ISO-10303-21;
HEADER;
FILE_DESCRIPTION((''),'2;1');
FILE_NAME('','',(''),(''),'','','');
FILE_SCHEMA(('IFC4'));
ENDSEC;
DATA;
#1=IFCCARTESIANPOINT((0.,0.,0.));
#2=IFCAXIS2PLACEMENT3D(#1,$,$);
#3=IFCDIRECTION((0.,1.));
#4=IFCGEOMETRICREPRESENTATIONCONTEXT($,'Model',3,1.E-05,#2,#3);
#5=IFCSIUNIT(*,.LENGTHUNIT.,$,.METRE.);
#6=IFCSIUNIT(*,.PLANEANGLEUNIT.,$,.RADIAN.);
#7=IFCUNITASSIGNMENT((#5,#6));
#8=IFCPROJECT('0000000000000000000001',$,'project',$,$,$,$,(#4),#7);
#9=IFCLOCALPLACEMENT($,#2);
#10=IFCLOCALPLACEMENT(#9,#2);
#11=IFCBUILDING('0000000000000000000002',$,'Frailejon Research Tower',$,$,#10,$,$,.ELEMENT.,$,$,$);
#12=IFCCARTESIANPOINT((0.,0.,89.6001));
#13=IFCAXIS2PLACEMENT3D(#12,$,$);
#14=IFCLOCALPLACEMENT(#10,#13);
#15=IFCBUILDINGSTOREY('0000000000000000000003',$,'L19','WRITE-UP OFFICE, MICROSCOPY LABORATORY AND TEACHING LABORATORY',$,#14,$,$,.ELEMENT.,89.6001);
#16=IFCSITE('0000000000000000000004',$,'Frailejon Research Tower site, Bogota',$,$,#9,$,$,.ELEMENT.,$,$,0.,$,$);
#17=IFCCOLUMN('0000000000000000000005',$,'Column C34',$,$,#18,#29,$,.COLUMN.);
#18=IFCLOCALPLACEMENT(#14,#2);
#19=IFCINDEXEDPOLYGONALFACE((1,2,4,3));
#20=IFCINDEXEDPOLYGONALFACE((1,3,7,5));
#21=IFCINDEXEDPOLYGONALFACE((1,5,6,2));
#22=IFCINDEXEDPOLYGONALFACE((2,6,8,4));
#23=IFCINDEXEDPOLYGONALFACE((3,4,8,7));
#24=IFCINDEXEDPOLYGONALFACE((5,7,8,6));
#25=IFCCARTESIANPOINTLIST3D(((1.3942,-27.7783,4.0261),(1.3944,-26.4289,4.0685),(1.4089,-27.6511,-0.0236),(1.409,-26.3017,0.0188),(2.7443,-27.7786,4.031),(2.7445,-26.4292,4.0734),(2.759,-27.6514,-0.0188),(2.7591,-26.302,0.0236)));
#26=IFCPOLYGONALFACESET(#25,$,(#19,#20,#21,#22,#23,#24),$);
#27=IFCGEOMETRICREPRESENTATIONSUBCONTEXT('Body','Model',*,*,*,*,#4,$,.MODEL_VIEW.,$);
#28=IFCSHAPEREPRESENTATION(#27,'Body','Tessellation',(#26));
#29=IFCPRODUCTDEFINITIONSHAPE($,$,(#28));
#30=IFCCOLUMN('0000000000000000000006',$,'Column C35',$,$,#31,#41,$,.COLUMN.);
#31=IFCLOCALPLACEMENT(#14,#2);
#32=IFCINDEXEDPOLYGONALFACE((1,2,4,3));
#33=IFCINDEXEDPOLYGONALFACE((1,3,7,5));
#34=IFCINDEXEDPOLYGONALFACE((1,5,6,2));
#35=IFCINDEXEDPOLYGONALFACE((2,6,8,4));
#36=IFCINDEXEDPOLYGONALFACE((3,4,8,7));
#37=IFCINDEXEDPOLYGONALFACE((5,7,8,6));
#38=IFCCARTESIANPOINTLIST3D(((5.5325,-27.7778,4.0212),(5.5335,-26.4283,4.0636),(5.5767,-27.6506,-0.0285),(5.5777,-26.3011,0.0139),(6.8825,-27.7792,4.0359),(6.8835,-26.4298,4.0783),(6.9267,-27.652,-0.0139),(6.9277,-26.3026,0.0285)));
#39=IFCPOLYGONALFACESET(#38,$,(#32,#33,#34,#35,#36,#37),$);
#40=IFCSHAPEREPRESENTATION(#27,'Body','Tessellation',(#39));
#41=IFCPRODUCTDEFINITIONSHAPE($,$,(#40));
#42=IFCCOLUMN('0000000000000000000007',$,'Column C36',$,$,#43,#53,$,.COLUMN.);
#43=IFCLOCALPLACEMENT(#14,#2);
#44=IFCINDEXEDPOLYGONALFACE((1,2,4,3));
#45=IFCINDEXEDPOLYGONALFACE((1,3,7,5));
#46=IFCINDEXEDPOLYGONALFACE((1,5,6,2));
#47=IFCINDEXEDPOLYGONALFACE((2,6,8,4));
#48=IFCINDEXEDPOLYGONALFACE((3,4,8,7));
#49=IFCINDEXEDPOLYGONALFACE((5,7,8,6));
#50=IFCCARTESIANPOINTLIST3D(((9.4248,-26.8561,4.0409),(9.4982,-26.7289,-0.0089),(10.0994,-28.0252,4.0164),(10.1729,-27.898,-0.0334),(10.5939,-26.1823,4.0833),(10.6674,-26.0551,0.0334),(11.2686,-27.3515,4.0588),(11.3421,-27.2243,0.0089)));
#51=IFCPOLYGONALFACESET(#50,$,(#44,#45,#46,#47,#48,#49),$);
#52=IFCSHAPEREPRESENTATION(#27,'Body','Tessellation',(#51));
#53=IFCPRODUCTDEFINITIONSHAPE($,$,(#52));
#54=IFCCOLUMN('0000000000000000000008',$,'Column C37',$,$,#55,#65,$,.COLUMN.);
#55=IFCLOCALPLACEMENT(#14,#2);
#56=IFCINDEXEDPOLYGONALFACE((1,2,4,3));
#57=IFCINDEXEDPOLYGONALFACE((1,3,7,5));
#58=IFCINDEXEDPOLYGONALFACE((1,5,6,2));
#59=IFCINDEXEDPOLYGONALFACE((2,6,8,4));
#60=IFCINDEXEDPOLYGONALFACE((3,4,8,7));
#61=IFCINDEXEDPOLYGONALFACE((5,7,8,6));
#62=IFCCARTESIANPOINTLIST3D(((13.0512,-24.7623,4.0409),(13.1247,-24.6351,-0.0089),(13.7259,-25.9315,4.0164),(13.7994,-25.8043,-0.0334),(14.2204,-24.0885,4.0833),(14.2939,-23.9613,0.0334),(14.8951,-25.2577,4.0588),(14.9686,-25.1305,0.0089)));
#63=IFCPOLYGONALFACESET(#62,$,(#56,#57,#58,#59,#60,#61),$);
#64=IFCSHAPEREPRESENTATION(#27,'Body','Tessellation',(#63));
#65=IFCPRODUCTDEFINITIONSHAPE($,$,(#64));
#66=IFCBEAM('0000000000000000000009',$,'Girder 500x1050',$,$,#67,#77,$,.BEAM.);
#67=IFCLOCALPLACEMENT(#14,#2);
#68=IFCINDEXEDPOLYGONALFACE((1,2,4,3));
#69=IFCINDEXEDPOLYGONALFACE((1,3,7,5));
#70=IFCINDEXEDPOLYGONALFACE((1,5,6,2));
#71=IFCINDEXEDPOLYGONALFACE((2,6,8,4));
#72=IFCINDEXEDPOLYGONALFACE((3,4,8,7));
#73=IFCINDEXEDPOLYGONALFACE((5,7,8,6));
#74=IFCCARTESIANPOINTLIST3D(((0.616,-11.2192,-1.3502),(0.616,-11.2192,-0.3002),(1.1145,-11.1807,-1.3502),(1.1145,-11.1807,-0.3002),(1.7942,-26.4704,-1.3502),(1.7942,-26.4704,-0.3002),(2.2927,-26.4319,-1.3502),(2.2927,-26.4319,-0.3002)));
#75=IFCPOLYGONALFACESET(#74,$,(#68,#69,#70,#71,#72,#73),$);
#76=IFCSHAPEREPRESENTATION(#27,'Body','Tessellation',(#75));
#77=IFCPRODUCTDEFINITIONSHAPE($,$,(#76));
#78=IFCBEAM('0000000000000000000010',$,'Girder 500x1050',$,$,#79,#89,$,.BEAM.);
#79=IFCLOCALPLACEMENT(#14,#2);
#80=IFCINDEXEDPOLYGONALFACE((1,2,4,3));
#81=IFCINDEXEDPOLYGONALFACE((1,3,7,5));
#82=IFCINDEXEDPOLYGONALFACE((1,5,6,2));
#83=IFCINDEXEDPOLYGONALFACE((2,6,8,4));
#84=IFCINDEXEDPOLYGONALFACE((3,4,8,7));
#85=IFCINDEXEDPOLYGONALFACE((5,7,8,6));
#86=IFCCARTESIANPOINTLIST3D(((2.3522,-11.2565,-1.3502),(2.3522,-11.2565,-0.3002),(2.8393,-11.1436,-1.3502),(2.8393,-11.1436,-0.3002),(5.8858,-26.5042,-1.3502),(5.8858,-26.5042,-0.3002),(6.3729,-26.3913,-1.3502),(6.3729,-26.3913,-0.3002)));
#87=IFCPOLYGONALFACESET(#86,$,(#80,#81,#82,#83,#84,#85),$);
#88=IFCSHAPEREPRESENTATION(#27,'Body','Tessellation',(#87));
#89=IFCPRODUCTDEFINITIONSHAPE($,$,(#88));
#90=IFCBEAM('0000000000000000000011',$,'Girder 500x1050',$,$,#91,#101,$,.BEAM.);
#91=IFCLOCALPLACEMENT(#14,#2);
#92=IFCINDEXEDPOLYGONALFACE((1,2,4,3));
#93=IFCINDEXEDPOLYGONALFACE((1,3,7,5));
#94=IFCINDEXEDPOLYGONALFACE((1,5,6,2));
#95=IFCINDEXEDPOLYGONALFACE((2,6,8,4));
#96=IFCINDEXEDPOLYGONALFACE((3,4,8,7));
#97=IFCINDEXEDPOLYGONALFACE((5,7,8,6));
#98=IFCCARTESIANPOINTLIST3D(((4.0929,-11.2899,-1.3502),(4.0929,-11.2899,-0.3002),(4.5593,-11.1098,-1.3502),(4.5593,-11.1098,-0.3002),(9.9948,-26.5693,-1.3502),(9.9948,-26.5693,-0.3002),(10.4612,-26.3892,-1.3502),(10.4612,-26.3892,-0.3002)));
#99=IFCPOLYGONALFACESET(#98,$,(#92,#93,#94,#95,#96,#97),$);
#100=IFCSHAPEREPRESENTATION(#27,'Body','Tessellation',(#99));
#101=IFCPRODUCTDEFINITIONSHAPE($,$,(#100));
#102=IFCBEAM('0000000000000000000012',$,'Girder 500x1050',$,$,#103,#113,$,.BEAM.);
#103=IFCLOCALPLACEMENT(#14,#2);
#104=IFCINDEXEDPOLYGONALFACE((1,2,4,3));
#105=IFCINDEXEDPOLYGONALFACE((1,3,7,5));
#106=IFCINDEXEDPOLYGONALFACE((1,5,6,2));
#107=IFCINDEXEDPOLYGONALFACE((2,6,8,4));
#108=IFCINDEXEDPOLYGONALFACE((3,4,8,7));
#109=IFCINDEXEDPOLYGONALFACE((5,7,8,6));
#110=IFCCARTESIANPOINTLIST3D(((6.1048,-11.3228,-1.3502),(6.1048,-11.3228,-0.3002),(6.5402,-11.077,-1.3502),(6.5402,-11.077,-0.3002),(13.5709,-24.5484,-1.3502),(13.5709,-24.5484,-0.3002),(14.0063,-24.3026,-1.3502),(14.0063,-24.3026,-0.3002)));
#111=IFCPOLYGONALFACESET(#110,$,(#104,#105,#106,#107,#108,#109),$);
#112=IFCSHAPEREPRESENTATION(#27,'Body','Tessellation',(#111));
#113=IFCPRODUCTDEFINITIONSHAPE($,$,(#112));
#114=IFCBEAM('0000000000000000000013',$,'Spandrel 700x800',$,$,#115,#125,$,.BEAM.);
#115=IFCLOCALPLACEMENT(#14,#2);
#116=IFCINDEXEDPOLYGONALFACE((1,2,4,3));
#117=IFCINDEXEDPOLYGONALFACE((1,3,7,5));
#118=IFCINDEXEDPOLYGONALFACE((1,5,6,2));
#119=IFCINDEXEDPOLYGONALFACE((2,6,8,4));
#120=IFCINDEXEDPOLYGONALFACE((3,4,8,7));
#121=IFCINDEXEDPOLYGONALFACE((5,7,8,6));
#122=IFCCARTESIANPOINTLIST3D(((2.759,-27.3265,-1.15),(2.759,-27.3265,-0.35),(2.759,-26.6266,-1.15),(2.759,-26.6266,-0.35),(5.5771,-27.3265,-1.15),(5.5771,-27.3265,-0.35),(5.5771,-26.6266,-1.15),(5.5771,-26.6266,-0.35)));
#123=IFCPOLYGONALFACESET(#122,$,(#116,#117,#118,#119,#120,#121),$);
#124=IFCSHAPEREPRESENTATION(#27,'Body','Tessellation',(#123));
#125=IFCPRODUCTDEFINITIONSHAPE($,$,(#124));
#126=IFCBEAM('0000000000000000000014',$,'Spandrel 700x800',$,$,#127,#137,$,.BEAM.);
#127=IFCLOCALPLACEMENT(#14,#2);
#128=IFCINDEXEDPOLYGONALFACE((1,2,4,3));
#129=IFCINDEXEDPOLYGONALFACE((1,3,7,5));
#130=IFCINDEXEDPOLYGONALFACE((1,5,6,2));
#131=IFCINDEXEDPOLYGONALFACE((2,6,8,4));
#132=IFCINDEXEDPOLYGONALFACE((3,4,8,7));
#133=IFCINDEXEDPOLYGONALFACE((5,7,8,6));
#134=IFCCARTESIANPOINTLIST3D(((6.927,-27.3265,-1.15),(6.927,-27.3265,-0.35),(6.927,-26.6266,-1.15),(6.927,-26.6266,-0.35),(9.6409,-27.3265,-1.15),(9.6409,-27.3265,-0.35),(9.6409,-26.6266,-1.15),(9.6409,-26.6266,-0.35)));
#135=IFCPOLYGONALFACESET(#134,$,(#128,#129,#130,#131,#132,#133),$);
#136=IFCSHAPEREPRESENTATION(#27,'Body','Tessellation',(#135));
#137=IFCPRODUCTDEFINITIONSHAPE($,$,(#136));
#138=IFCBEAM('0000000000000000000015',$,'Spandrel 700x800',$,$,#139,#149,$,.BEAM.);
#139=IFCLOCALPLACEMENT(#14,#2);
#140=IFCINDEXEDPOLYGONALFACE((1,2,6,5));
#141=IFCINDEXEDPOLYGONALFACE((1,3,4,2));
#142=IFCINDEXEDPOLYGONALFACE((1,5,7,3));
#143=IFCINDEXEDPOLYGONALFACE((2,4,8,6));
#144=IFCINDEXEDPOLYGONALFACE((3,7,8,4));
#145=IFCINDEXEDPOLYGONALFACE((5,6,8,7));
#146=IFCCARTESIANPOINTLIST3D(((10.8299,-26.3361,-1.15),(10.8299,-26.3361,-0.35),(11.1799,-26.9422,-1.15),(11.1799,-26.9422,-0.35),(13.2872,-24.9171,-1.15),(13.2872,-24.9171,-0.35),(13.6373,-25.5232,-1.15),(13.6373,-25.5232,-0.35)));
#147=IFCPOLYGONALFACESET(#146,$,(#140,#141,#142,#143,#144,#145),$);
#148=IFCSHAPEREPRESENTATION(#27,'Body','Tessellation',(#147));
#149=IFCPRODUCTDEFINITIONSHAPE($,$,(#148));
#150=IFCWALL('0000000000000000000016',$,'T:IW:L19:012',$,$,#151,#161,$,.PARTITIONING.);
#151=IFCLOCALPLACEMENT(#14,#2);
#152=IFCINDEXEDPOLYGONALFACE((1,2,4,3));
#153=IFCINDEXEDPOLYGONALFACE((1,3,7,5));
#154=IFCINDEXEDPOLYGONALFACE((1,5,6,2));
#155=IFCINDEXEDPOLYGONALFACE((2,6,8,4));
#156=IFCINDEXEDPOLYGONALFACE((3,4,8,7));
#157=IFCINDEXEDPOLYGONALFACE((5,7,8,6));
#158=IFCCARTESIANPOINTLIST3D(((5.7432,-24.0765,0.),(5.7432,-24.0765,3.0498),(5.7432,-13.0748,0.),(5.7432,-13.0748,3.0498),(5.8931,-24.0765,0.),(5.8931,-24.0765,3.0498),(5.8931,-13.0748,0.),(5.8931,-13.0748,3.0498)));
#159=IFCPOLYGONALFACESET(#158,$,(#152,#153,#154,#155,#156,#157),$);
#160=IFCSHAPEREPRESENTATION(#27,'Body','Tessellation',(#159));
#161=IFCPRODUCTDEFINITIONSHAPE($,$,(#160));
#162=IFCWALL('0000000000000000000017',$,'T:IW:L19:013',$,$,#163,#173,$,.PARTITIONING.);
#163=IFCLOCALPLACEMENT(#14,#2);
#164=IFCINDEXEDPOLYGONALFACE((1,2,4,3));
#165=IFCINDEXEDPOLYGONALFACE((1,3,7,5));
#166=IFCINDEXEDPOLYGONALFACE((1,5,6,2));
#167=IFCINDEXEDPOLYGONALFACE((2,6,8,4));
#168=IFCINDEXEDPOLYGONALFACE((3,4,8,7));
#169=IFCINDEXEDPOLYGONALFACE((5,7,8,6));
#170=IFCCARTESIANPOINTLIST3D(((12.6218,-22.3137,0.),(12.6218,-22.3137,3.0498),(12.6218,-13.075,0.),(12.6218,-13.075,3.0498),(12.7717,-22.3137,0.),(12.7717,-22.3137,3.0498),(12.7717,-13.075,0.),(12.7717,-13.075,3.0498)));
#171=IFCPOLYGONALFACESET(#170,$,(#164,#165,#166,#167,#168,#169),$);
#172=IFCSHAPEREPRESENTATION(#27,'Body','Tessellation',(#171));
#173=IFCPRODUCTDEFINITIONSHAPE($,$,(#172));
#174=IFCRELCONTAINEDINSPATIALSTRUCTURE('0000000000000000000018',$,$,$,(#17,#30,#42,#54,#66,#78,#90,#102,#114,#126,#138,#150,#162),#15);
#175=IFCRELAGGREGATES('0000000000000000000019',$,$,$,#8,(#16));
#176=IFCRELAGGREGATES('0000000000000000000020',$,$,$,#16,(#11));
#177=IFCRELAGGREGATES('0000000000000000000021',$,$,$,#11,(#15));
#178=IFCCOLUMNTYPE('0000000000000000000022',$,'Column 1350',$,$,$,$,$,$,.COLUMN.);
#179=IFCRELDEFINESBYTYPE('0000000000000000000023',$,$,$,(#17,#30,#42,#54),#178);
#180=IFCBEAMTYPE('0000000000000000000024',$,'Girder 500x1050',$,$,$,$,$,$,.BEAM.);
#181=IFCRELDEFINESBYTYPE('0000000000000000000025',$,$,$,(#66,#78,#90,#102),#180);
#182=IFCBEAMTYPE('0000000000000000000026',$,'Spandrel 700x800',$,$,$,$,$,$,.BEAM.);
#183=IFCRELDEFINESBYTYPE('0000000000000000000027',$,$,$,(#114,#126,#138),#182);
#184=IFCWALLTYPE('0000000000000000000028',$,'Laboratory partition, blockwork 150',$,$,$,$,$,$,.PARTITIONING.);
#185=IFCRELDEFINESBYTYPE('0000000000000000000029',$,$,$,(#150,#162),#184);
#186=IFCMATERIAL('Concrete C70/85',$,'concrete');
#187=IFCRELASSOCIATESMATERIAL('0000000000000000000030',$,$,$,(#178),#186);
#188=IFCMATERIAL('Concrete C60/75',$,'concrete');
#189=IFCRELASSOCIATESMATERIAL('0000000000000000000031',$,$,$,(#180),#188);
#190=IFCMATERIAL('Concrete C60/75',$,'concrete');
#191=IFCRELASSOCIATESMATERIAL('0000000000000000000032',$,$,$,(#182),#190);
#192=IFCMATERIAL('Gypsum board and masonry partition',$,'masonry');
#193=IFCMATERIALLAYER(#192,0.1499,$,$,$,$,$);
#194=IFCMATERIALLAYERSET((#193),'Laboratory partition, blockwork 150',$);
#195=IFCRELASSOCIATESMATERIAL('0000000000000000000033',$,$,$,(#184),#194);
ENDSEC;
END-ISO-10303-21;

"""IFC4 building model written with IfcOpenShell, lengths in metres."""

from ifc_helpers import new_model, si_unit, direction, frame, frame_2d, origin, origin_2d, place, context, subcontext, project, spatial, rectangle, extrude, material, layer, layer_set, material_profile, profile_set, type_object, element, save


model = new_model("IFC4")

# Units and contexts
model_context = context("Model", 3, precision=1e-05, world=origin(), true_north=direction((0.0, 1.0)))
body_context = subcontext(model_context, "Body", "Model", "MODEL_VIEW")
ifc_project = project(units=[si_unit("LENGTHUNIT", "METRE"), si_unit("PLANEANGLEUNIT", "RADIAN")], contexts=[model_context])

# Site, building, storey
site_placement = place(None, origin())
site = spatial("IfcSite", under=ifc_project, at=site_placement, Name="Frailejon Research Tower site, Bogota", CompositionType="ELEMENT", RefElevation=0.0)
building_placement = place(site_placement, origin())
building = spatial("IfcBuilding", under=site, at=building_placement, Name="Frailejon Research Tower", CompositionType="ELEMENT")
storey_placement = place(building_placement, frame((0.0, 0.0, 89.6001)))
storey = spatial("IfcBuildingStorey", under=building, at=storey_placement, Name="L19", Description="WRITE-UP OFFICE, MICROSCOPY LABORATORY AND TEACHING LABORATORY", CompositionType="ELEMENT", Elevation=89.6001)

# Columns
ifc_material_1 = material(Name="Concrete C70/85", Category="concrete")
ifc_material_profile_1 = material_profile(ifc_material_1, rectangle(XDim=1.3501, YDim=1.3501, at=origin_2d()), Name="Column 1350")
ifc_profile_set_1 = profile_set([ifc_material_profile_1], Name="Concrete C70/85")
column_type = type_object("IfcColumnType", Name="Column 1350", PredefinedType="COLUMN", material=ifc_profile_set_1)
column_1_placement = place(storey_placement, frame((2.084, -26.9766, 0.0), z_axis=(-0.003615, -0.031393, 0.999501), x_axis=(0.999993, -0.000225, 0.00361)))
element("IfcColumn", 1, at=column_1_placement, inside=storey, type_object=column_type, Name="Column C34", PredefinedType="COLUMN", context=body_context, shape_type="SweptSolid", body=[
    extrude(rectangle(XDim=1.3501, YDim=1.3501, at=origin_2d()), origin(), (0.0, 0.0, 1.0), 4.0518),
])
column_2_placement = place(storey_placement, frame((6.2522, -26.9766, 0.0), z_axis=(-0.010905, -0.031391, 0.999448), x_axis=(0.99994, -0.001064, 0.010877)))
element("IfcColumn", 2, at=column_2_placement, inside=storey, type_object=column_type, Name="Column C35", PredefinedType="COLUMN", context=body_context, shape_type="SweptSolid", body=[
    extrude(rectangle(XDim=1.3501, YDim=1.3501, at=origin_2d()), origin(), (0.0, 0.0, 1.0), 4.052),
])
for number, where, z_axis, x_axis, name in (
    (3, (10.4202, -26.9766, 0.0), (-0.018134, -0.031388, 0.999343), (0.865999, 0.499059, 0.031389), "Column C36"),
    (4, (14.0466, -24.8828, 0.0), (-0.018134, -0.031388, 0.999343), (0.865999, 0.499059, 0.031389), "Column C37"),
):
    element("IfcColumn", number, at=place(storey_placement, frame(where, z_axis=z_axis, x_axis=x_axis)), inside=storey, type_object=column_type, Name=name, PredefinedType="COLUMN", context=body_context, shape_type="SweptSolid", body=[
        extrude(rectangle(XDim=1.3501, YDim=1.3501, at=origin_2d()), origin(), (0.0, 0.0, 1.0), 4.0525),
    ])

# Beams
ifc_material_2 = material(Name="Concrete C60/75", Category="concrete")
ifc_material_profile_2 = material_profile(ifc_material_2, rectangle(XDim=0.5, YDim=1.05, at=origin_2d()), Name="Girder 500x1050")
ifc_profile_set_2 = profile_set([ifc_material_profile_2], Name="Concrete C60/75")
beam_type_1 = type_object("IfcBeamType", Name="Girder 500x1050", PredefinedType="BEAM", material=ifc_profile_set_2)
beam_1_placement = place(storey_placement, frame((2.0435, -26.4512, -0.8252), z_axis=(-0.077025, 0.997029, 0.0), x_axis=(-0.997029, -0.077025, 0.0)))
element("IfcBeam", 5, at=beam_1_placement, inside=storey, type_object=beam_type_1, Name="Girder 500x1050", PredefinedType="BEAM", context=body_context, shape_type="SweptSolid", body=[
    extrude(rectangle(XDim=0.5, YDim=1.05, at=origin_2d()), origin(), (0.0, 0.0, 1.0), 15.2966),
])
beam_2_placement = place(storey_placement, frame((6.1294, -26.4478, -0.8252), z_axis=(-0.225767, 0.974181, 0.0), x_axis=(-0.974181, -0.225767, 0.0)))
element("IfcBeam", 6, at=beam_2_placement, inside=storey, type_object=beam_type_1, Name="Girder 500x1050", PredefinedType="BEAM", context=body_context, shape_type="SweptSolid", body=[
    extrude(rectangle(XDim=0.5, YDim=1.05, at=origin_2d()), origin(), (0.0, 0.0, 1.0), 15.6519),
])
beam_3_placement = place(storey_placement, frame((10.228, -26.4792, -0.8252), z_axis=(-0.360319, 0.932829, 0.0), x_axis=(-0.932829, -0.360319, 0.0)))
element("IfcBeam", 7, at=beam_3_placement, inside=storey, type_object=beam_type_1, Name="Girder 500x1050", PredefinedType="BEAM", context=body_context, shape_type="SweptSolid", body=[
    extrude(rectangle(XDim=0.5, YDim=1.05, at=origin_2d()), origin(), (0.0, 0.0, 1.0), 16.3796),
])
beam_4_placement = place(storey_placement, frame((13.7886, -24.4255, -0.8252), z_axis=(-0.491595, 0.870824, 0.0), x_axis=(-0.870824, -0.491595, 0.0)))
element("IfcBeam", 8, at=beam_4_placement, inside=storey, type_object=beam_type_1, Name="Girder 500x1050", PredefinedType="BEAM", context=body_context, shape_type="SweptSolid", body=[
    extrude(rectangle(XDim=0.5, YDim=1.05, at=origin_2d()), origin(), (0.0, 0.0, 1.0), 15.1875),
])
ifc_material_3 = material(Name="Concrete C60/75", Category="concrete")
ifc_material_profile_3 = material_profile(ifc_material_3, rectangle(XDim=0.7, YDim=0.8, at=origin_2d()), Name="Spandrel 700x800")
ifc_profile_set_3 = profile_set([ifc_material_profile_3], Name="Concrete C60/75")
beam_type_2 = type_object("IfcBeamType", Name="Spandrel 700x800", PredefinedType="BEAM", material=ifc_profile_set_3)
beam_5_placement = place(storey_placement, frame((2.759, -26.9766, -0.75), z_axis=(1.0, 0.0, 0.0), x_axis=(0.0, 1.0, 0.0)))
element("IfcBeam", 9, at=beam_5_placement, inside=storey, type_object=beam_type_2, Name="Spandrel 700x800", PredefinedType="BEAM", context=body_context, shape_type="SweptSolid", body=[
    extrude(rectangle(XDim=0.7, YDim=0.8, at=origin_2d()), origin(), (0.0, 0.0, 1.0), 2.8181),
])
beam_6_placement = place(storey_placement, frame((6.927, -26.9766, -0.75), z_axis=(1.0, 0.0, 0.0), x_axis=(0.0, 1.0, 0.0)))
element("IfcBeam", 10, at=beam_6_placement, inside=storey, type_object=beam_type_2, Name="Spandrel 700x800", PredefinedType="BEAM", context=body_context, shape_type="SweptSolid", body=[
    extrude(rectangle(XDim=0.7, YDim=0.8, at=origin_2d()), origin(), (0.0, 0.0, 1.0), 2.7139),
])
beam_7_placement = place(storey_placement, frame((11.0049, -26.6392, -0.75), z_axis=(0.865989, 0.500063, 0.0), x_axis=(-0.500063, 0.865989, 0.0)))
element("IfcBeam", 11, at=beam_7_placement, inside=storey, type_object=beam_type_2, Name="Spandrel 700x800", PredefinedType="BEAM", context=body_context, shape_type="SweptSolid", body=[
    extrude(rectangle(XDim=0.7, YDim=0.8, at=origin_2d()), origin(), (0.0, 0.0, 1.0), 2.8376),
])

# Walls
ifc_material_4 = material(Name="Gypsum board and masonry partition", Category="masonry")
ifc_layer_1 = layer(ifc_material_4, 0.1499)
ifc_layer_set_1 = layer_set([ifc_layer_1], Name="Laboratory partition, blockwork 150")
wall_type_1 = type_object("IfcWallType", Name="Laboratory partition, blockwork 150", PredefinedType="PARTITIONING", material=ifc_layer_set_1)
wall_1_placement = place(storey_placement, frame((5.8181, -24.0767, 0.0), z_axis=(0.0, 0.0, 1.0), x_axis=(0.0, 1.0, 0.0)))
element("IfcWall", 12, at=wall_1_placement, inside=storey, type_object=wall_type_1, Name="T:IW:L19:012", PredefinedType="PARTITIONING", context=body_context, shape_type="SweptSolid", body=[
    extrude(rectangle(XDim=11.0017, YDim=0.1499, at=frame_2d((5.501, 0.0))), origin(), (0.0, 0.0, 1.0), 3.0498),
])
wall_2_placement = place(storey_placement, frame((12.6968, -22.3137, 0.0), z_axis=(0.0, 0.0, 1.0), x_axis=(0.0, 1.0, 0.0)))
element("IfcWall", 13, at=wall_2_placement, inside=storey, type_object=wall_type_1, Name="T:IW:L19:013", PredefinedType="PARTITIONING", context=body_context, shape_type="SweptSolid", body=[
    extrude(rectangle(XDim=9.2388, YDim=0.1499, at=frame_2d((4.6194, 0.0))), origin(), (0.0, 0.0, 1.0), 3.0498),
])

save(model, "model.ifc")
